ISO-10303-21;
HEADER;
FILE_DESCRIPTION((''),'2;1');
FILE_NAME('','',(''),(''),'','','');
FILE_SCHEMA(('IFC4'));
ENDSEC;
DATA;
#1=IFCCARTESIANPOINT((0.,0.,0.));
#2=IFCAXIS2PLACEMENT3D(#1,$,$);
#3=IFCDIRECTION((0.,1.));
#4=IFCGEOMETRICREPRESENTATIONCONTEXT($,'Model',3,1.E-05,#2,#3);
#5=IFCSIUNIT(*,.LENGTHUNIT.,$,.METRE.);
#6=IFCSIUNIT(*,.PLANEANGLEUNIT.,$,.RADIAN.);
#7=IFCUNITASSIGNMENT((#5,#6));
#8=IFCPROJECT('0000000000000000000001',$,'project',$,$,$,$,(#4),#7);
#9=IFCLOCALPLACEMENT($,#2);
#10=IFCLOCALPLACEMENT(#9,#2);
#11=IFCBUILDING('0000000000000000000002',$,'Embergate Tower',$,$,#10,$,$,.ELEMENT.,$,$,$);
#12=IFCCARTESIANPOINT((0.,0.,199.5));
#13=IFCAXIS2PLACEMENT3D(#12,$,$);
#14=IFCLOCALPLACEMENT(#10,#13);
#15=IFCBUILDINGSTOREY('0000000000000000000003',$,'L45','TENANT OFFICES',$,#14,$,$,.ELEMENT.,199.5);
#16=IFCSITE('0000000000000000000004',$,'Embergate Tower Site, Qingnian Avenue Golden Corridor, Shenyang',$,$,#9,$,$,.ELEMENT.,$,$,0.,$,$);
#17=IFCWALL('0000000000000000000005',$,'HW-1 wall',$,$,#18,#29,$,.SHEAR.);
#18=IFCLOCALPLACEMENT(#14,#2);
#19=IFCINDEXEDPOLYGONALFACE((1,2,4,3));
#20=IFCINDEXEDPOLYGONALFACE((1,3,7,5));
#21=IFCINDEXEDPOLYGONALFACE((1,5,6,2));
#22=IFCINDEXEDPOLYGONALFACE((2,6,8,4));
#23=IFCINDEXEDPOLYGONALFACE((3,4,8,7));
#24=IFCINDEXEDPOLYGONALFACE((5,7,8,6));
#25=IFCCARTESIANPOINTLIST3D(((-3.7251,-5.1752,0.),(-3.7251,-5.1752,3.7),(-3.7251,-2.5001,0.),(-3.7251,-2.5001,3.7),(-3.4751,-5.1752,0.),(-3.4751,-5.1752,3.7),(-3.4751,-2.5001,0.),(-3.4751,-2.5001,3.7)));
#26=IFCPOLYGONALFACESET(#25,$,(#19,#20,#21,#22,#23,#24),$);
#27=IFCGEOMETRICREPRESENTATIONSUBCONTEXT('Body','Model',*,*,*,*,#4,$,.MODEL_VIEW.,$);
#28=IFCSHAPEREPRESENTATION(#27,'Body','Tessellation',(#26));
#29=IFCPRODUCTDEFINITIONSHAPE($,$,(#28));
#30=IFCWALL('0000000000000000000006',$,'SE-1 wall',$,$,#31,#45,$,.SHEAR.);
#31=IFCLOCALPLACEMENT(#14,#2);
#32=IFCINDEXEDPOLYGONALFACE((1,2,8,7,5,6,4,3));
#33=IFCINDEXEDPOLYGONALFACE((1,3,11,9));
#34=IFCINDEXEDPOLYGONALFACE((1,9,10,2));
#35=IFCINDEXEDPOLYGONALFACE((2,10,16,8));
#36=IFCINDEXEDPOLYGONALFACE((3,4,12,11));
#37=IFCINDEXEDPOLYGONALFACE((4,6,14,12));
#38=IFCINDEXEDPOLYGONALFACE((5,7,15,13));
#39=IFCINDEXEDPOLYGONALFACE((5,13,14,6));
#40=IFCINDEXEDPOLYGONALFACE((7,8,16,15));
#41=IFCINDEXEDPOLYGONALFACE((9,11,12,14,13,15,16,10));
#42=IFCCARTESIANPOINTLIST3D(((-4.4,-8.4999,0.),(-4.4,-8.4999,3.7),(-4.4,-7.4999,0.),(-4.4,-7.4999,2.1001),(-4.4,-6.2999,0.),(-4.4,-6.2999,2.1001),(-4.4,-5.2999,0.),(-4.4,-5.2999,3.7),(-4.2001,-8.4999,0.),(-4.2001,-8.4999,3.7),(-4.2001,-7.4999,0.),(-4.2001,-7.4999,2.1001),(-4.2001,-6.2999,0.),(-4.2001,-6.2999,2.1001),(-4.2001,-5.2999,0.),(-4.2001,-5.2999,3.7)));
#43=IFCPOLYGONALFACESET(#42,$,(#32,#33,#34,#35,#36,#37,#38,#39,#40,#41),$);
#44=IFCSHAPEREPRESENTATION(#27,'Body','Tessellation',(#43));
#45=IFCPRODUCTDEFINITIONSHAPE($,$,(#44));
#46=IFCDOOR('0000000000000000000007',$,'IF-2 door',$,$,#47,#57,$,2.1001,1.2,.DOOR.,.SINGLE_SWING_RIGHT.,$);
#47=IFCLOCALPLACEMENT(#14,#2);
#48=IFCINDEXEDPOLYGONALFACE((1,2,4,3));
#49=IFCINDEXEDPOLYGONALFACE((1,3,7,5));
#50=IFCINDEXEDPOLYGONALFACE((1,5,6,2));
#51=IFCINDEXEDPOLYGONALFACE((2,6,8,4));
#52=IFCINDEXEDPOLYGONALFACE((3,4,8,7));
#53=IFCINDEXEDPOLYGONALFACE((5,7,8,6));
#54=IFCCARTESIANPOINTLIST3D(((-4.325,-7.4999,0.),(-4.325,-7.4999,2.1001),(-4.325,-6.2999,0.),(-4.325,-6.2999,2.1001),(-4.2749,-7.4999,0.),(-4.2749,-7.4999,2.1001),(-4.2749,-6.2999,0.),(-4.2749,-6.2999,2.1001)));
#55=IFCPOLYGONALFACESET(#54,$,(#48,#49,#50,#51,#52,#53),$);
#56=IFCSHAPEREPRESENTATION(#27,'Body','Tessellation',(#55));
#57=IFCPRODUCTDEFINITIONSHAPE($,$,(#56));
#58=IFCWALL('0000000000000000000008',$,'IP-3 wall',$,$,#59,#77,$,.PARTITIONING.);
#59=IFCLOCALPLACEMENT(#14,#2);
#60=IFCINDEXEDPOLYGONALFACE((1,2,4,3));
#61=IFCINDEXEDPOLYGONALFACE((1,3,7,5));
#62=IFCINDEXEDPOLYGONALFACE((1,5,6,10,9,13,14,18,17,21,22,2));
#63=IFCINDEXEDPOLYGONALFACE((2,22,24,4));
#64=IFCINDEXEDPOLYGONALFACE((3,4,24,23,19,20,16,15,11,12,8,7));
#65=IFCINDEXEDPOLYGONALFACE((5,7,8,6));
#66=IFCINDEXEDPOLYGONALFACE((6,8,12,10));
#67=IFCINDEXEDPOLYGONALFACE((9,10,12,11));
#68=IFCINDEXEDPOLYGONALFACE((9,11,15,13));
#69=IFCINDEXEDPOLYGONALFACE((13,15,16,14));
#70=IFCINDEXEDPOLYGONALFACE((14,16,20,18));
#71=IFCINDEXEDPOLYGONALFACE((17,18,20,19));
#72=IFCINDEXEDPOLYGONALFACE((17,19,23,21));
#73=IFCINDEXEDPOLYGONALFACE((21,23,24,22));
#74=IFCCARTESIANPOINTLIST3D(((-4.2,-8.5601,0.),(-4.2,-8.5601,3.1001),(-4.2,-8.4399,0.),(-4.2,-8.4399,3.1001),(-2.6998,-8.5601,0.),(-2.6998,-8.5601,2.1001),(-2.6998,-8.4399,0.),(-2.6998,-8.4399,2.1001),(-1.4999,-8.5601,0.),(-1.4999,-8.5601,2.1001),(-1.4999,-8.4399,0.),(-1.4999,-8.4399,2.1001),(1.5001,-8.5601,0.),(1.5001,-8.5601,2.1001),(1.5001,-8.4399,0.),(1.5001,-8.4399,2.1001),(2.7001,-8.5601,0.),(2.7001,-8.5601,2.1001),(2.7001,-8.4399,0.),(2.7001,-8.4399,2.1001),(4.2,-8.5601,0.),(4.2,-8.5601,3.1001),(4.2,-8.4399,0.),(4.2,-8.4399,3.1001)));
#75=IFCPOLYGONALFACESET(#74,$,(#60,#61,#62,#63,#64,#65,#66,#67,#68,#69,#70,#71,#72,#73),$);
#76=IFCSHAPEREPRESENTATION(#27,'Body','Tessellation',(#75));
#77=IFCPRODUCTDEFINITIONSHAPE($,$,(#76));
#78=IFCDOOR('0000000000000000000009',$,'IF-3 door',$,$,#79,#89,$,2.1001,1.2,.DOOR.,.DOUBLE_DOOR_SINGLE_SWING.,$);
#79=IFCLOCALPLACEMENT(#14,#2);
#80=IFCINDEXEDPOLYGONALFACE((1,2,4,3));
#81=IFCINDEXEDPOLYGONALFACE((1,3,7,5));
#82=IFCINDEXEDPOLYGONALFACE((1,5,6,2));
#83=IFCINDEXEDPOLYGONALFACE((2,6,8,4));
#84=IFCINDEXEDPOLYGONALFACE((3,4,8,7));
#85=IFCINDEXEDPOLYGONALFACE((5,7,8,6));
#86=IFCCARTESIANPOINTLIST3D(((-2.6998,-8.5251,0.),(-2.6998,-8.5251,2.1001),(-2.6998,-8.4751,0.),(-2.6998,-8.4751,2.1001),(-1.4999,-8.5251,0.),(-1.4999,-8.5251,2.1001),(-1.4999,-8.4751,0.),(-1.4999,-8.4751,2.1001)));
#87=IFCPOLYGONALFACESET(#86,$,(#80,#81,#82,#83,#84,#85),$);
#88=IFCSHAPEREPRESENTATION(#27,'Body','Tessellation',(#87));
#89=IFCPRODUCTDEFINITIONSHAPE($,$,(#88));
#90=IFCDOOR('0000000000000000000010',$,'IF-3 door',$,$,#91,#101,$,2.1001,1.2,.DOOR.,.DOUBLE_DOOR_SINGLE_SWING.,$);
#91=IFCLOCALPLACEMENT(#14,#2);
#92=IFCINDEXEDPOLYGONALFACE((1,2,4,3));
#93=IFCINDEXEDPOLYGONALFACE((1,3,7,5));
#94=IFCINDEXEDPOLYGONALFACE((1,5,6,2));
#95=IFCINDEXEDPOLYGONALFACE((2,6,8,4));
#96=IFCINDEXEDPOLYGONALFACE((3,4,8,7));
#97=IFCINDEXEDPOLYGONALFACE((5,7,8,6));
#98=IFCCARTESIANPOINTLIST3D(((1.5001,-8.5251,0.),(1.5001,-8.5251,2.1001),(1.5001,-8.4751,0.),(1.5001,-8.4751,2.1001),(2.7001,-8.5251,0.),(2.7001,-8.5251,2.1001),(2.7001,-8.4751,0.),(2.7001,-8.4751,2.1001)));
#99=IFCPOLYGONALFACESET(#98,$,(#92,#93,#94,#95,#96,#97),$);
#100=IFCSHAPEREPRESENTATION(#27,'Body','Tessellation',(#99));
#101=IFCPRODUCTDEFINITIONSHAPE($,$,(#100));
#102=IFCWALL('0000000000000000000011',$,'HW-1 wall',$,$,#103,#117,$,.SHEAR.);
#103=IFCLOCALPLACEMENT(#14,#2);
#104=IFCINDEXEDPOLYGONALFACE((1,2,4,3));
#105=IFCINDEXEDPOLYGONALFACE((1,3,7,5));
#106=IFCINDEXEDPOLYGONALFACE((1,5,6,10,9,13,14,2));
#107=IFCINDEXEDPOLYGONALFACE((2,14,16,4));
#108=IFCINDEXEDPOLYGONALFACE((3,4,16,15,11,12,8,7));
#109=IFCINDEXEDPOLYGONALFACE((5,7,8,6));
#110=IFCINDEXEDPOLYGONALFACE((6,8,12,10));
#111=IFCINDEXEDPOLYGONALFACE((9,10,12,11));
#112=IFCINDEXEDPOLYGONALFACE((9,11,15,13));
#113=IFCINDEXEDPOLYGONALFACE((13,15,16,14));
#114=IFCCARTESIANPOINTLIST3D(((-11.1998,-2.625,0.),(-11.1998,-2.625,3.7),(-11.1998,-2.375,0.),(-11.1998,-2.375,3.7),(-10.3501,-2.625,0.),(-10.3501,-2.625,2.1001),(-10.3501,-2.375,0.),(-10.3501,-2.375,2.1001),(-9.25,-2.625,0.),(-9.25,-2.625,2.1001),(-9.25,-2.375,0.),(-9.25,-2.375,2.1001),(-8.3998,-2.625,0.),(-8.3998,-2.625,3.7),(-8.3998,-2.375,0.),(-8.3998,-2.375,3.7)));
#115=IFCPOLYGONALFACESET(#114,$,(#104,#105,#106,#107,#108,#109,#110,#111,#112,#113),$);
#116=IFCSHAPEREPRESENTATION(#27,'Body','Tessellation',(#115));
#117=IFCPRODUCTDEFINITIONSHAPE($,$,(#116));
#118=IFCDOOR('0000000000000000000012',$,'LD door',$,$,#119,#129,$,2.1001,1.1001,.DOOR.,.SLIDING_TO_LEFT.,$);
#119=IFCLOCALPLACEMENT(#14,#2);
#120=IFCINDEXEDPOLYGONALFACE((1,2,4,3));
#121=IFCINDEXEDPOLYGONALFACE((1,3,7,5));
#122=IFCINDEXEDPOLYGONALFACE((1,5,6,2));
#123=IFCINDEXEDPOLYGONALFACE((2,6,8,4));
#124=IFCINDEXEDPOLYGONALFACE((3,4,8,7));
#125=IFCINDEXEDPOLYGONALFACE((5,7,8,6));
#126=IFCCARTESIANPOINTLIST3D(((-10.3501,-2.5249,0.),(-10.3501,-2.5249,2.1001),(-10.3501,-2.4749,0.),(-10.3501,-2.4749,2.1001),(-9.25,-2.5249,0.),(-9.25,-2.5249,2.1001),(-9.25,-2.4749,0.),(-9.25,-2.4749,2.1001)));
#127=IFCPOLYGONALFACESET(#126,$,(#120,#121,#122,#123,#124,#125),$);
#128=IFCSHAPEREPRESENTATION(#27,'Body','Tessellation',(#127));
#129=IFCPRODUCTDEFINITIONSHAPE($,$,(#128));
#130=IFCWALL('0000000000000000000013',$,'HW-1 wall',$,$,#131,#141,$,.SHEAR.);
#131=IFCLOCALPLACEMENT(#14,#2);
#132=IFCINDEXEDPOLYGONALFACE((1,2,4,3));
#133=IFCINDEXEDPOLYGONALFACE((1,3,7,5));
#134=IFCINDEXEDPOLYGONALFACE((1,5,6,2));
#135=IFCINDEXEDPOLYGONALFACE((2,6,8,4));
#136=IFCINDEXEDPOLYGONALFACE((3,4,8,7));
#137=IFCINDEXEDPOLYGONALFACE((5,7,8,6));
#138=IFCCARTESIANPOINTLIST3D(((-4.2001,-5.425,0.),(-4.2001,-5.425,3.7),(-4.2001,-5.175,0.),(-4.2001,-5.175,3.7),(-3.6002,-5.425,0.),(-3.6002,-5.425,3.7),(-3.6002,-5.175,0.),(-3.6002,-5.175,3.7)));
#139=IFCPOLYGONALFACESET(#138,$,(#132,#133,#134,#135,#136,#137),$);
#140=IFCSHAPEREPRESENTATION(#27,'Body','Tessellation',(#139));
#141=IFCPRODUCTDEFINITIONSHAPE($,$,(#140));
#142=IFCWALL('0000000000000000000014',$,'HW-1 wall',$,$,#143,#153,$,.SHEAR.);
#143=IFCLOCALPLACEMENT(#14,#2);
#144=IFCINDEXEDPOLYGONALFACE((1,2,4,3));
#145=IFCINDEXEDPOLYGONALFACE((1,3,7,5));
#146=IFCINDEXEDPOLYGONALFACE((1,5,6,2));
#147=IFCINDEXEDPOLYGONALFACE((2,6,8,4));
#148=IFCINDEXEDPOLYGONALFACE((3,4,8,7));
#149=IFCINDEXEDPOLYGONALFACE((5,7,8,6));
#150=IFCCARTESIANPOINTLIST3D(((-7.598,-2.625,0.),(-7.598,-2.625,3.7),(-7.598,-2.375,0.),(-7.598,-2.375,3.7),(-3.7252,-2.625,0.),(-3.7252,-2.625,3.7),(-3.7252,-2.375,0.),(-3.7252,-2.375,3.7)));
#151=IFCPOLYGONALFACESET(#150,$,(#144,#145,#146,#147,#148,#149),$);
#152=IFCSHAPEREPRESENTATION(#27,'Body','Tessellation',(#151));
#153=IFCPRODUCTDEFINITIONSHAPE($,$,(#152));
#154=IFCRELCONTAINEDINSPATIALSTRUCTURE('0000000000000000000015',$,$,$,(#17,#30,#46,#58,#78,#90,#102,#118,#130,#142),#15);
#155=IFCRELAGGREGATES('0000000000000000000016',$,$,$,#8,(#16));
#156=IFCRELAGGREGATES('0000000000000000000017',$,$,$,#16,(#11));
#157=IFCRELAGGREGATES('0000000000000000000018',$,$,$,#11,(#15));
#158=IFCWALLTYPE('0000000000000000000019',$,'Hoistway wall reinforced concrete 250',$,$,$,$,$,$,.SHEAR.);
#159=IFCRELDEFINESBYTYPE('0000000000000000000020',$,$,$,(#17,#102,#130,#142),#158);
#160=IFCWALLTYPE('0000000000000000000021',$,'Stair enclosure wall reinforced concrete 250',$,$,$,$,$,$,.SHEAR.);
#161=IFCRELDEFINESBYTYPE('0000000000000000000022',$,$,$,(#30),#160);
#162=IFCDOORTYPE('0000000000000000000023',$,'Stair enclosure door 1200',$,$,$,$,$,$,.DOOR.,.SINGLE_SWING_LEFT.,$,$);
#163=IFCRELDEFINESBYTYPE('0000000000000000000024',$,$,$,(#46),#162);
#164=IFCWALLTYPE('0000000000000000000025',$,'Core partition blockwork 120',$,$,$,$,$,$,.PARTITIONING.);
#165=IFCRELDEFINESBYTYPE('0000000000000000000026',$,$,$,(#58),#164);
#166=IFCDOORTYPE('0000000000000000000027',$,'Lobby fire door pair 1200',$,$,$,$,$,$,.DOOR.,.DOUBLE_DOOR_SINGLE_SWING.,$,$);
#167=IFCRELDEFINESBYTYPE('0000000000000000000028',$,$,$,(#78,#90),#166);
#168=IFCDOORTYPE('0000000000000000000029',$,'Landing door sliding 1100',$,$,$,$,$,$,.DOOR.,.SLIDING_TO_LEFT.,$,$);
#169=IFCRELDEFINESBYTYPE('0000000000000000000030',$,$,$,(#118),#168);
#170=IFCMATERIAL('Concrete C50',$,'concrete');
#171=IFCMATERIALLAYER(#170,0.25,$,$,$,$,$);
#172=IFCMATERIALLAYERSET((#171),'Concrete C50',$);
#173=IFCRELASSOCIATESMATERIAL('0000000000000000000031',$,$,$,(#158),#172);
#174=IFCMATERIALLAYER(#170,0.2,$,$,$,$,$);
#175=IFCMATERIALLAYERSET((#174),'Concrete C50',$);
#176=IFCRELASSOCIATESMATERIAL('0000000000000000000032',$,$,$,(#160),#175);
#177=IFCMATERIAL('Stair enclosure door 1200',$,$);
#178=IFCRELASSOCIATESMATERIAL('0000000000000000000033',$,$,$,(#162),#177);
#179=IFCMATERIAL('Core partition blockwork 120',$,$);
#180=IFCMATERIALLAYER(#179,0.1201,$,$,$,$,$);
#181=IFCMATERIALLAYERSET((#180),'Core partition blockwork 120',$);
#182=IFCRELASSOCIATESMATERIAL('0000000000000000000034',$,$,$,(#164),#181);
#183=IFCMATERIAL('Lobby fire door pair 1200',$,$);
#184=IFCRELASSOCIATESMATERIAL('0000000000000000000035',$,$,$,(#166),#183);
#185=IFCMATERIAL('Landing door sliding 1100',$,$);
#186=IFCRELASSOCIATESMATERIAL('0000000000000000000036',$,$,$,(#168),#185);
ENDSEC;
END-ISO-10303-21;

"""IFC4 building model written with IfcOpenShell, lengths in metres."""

from ifc_helpers import new_model, si_unit, direction, frame, frame_2d, origin, place, context, subcontext, project, spatial, rectangle, extrude, source, transform, mapped, material, layer, layer_set, type_object, element, fill, save


model = new_model("IFC4")

# Units and contexts
model_context = context("Model", 3, precision=1e-05, world=origin(), true_north=direction((0.0, 1.0)))
body_context = subcontext(model_context, "Body", "Model", "MODEL_VIEW")
ifc_project = project(units=[si_unit("LENGTHUNIT", "METRE"), si_unit("PLANEANGLEUNIT", "RADIAN")], contexts=[model_context])

# Site, building, storey
site_placement = place(None, origin())
site = spatial("IfcSite", under=ifc_project, at=site_placement, Name="Embergate Tower Site, Qingnian Avenue Golden Corridor, Shenyang", CompositionType="ELEMENT", RefElevation=0.0)
building_placement = place(site_placement, origin())
building = spatial("IfcBuilding", under=site, at=building_placement, Name="Embergate Tower", CompositionType="ELEMENT")
storey_placement = place(building_placement, frame((0.0, 0.0, 199.5)))
storey = spatial("IfcBuildingStorey", under=building, at=storey_placement, Name="L45", Description="TENANT OFFICES", CompositionType="ELEMENT", Elevation=199.5)

# Wall
ifc_material_1 = material(Name="Concrete C50", Category="concrete")
ifc_layer_1 = layer(ifc_material_1, 0.25)
ifc_layer_set_1 = layer_set([ifc_layer_1], Name="Concrete C50")
wall_type_1 = type_object("IfcWallType", Name="Hoistway wall reinforced concrete 250", PredefinedType="SHEAR", material=ifc_layer_set_1)
shared_shape_1 = source(origin(), body_context, "Body", "SweptSolid", [
    extrude(rectangle(XDim=2.675, YDim=0.25, at=frame_2d((1.3374, 0.0))), origin(), (0.0, 0.0, 1.0), 3.7),
])
wall_1_placement = place(storey_placement, frame((-3.6001, -5.175, 0.0), z_axis=(0.0, 0.0, 1.0), x_axis=(0.0, 1.0, 0.0)))
element("IfcWall", 1, at=wall_1_placement, inside=storey, type_object=wall_type_1, Name="HW-1 wall", PredefinedType="SHEAR", context=body_context, shape_type="MappedRepresentation", body=[
    mapped(shared_shape_1, transform((0.0, 0.0, 0.0))),
])

# Wall, opening, door
ifc_layer_2 = layer(ifc_material_1, 0.2)
ifc_layer_set_2 = layer_set([ifc_layer_2], Name="Concrete C50")
wall_type_2 = type_object("IfcWallType", Name="Stair enclosure wall reinforced concrete 250", PredefinedType="SHEAR", material=ifc_layer_set_2)
shared_shape_2 = source(origin(), body_context, "Body", "SweptSolid", [
    extrude(rectangle(XDim=3.2, YDim=0.2, at=frame_2d((1.6001, 0.0))), origin(), (0.0, 0.0, 1.0), 3.7),
])
wall_2_placement = place(storey_placement, frame((-4.3, -8.5, 0.0), z_axis=(0.0, 0.0, 1.0), x_axis=(0.0, 1.0, 0.0)))
wall_2 = element("IfcWall", 2, at=wall_2_placement, inside=storey, type_object=wall_type_2, Name="SE-1 wall", PredefinedType="SHEAR", context=body_context, shape_type="MappedRepresentation", body=[
    mapped(shared_shape_2, transform((0.0, 0.0, 0.0))),
])
shared_shape_3 = source(origin(), body_context, "Body", "SweptSolid", [
    extrude(rectangle(XDim=1.2, YDim=2.1001, at=frame_2d((0.6001, 1.05))), frame((0.0, 0.1099, 0.0), z_axis=(0.0, -1.0, 0.0), x_axis=(1.0, 0.0, 0.0)), (0.0, 0.0, 1.0), 0.22),
])
opening_1_placement = place(wall_2_placement, frame((1.0, 0.0, 0.0)))
opening_1 = element("IfcOpeningElement", 3, at=opening_1_placement, cuts=wall_2, PredefinedType="OPENING", context=body_context, shape_type="MappedRepresentation", body=[
    mapped(shared_shape_3, transform((0.0, 0.0, 0.0))),
])
ifc_material_2 = material(Name="Stair enclosure door 1200")
door_type_1 = type_object("IfcDoorType", Name="Stair enclosure door 1200", OperationType="SINGLE_SWING_LEFT", PredefinedType="DOOR", material=ifc_material_2)
shared_shape_4 = source(origin(), body_context, "Body", "SweptSolid", [
    extrude(rectangle(XDim=1.2, YDim=2.1001, at=frame_2d((0.6001, 1.05))), frame((0.0, 0.0249, 0.0), z_axis=(0.0, -1.0, 0.0), x_axis=(1.0, 0.0, 0.0)), (0.0, 0.0, 1.0), 0.05),
])
door_1_placement = place(opening_1_placement, origin())
door_1 = element("IfcDoor", 4, at=door_1_placement, inside=storey, type_object=door_type_1, Name="IF-2 door", OperationType="SINGLE_SWING_RIGHT", OverallHeight=2.1001, OverallWidth=1.2, PredefinedType="DOOR", context=body_context, shape_type="MappedRepresentation", body=[
    mapped(shared_shape_4, transform((0.0, 0.0, 0.0))),
])
fill(opening_1, door_1)

# Wall, openings, doors
ifc_material_3 = material(Name="Core partition blockwork 120")
ifc_layer_3 = layer(ifc_material_3, 0.1201)
ifc_layer_set_3 = layer_set([ifc_layer_3], Name="Core partition blockwork 120")
wall_type_3 = type_object("IfcWallType", Name="Core partition blockwork 120", PredefinedType="PARTITIONING", material=ifc_layer_set_3)
shared_shape_5 = source(origin(), body_context, "Body", "SweptSolid", [
    extrude(rectangle(XDim=8.3999, YDim=0.1201, at=frame_2d((4.2, 0.0))), origin(), (0.0, 0.0, 1.0), 3.1001),
])
wall_3_placement = place(storey_placement, frame((-4.2, -8.5, 0.0), z_axis=(0.0, 0.0, 1.0), x_axis=(1.0, 0.0, 0.0)))
wall_3 = element("IfcWall", 5, at=wall_3_placement, inside=storey, type_object=wall_type_3, Name="IP-3 wall", PredefinedType="PARTITIONING", context=body_context, shape_type="MappedRepresentation", body=[
    mapped(shared_shape_5, transform((0.0, 0.0, 0.0))),
])
shared_shape_6 = source(origin(), body_context, "Body", "SweptSolid", [
    extrude(rectangle(XDim=1.2, YDim=2.1001, at=frame_2d((0.6001, 1.05))), frame((0.0, 0.0701, 0.0), z_axis=(0.0, -1.0, 0.0), x_axis=(1.0, 0.0, 0.0)), (0.0, 0.0, 1.0), 0.1401),
])
opening_2_placement = place(wall_3_placement, frame((1.5, 0.0, 0.0)))
opening_2 = element("IfcOpeningElement", 6, at=opening_2_placement, cuts=wall_3, PredefinedType="OPENING", context=body_context, shape_type="MappedRepresentation", body=[
    mapped(shared_shape_6, transform((0.0, 0.0, 0.0))),
])
opening_3_placement = place(wall_3_placement, frame((5.7, 0.0, 0.0)))
opening_3 = element("IfcOpeningElement", 7, at=opening_3_placement, cuts=wall_3, PredefinedType="OPENING", context=body_context, shape_type="MappedRepresentation", body=[
    mapped(shared_shape_6, transform((0.0, 0.0, 0.0))),
])
ifc_material_4 = material(Name="Lobby fire door pair 1200")
door_type_2 = type_object("IfcDoorType", Name="Lobby fire door pair 1200", OperationType="DOUBLE_DOOR_SINGLE_SWING", PredefinedType="DOOR", material=ifc_material_4)
door_2_placement = place(opening_2_placement, origin())
door_2 = element("IfcDoor", 8, at=door_2_placement, inside=storey, type_object=door_type_2, Name="IF-3 door", OperationType="DOUBLE_DOOR_SINGLE_SWING", OverallHeight=2.1001, OverallWidth=1.2, PredefinedType="DOOR", context=body_context, shape_type="MappedRepresentation", body=[
    mapped(shared_shape_4, transform((0.0, 0.0, 0.0))),
])
fill(opening_2, door_2)
door_3_placement = place(opening_3_placement, origin())
door_3 = element("IfcDoor", 9, at=door_3_placement, inside=storey, type_object=door_type_2, Name="IF-3 door", OperationType="DOUBLE_DOOR_SINGLE_SWING", OverallHeight=2.1001, OverallWidth=1.2, PredefinedType="DOOR", context=body_context, shape_type="MappedRepresentation", body=[
    mapped(shared_shape_4, transform((0.0, 0.0, 0.0))),
])
fill(opening_3, door_3)

# Wall, opening, door
shared_shape_7 = source(origin(), body_context, "Body", "SweptSolid", [
    extrude(rectangle(XDim=2.8, YDim=0.25, at=frame_2d((1.3999, 0.0))), origin(), (0.0, 0.0, 1.0), 3.7),
])
wall_4_placement = place(storey_placement, frame((-8.3999, -2.5, 0.0), z_axis=(0.0, 0.0, 1.0), x_axis=(-1.0, 0.0, 0.0)))
wall_4 = element("IfcWall", 10, at=wall_4_placement, inside=storey, type_object=wall_type_1, Name="HW-1 wall", PredefinedType="SHEAR", context=body_context, shape_type="MappedRepresentation", body=[
    mapped(shared_shape_7, transform((0.0, 0.0, 0.0))),
])
shared_shape_8 = source(origin(), body_context, "Body", "SweptSolid", [
    extrude(rectangle(XDim=1.1001, YDim=2.1001, at=frame_2d((0.55, 1.05))), frame((0.0, 0.135, 0.0), z_axis=(0.0, -1.0, 0.0), x_axis=(1.0, 0.0, 0.0)), (0.0, 0.0, 1.0), 0.27),
])
opening_4_placement = place(wall_4_placement, frame((0.8501, 0.0, 0.0)))
opening_4 = element("IfcOpeningElement", 11, at=opening_4_placement, cuts=wall_4, PredefinedType="OPENING", context=body_context, shape_type="MappedRepresentation", body=[
    mapped(shared_shape_8, transform((0.0, 0.0, 0.0))),
])
ifc_material_5 = material(Name="Landing door sliding 1100")
door_type_3 = type_object("IfcDoorType", Name="Landing door sliding 1100", OperationType="SLIDING_TO_LEFT", PredefinedType="DOOR", material=ifc_material_5)
shared_shape_9 = source(origin(), body_context, "Body", "SweptSolid", [
    extrude(rectangle(XDim=1.1001, YDim=2.1001, at=frame_2d((0.55, 1.05))), frame((0.0, 0.0249, 0.0), z_axis=(0.0, -1.0, 0.0), x_axis=(1.0, 0.0, 0.0)), (0.0, 0.0, 1.0), 0.05),
])
door_4_placement = place(opening_4_placement, origin())
door_4 = element("IfcDoor", 12, at=door_4_placement, inside=storey, type_object=door_type_3, Name="LD door", OperationType="SLIDING_TO_LEFT", OverallHeight=2.1001, OverallWidth=1.1001, PredefinedType="DOOR", context=body_context, shape_type="MappedRepresentation", body=[
    mapped(shared_shape_9, transform((0.0, 0.0, 0.0))),
])
fill(opening_4, door_4)

# Walls
shared_shape_10 = source(origin(), body_context, "Body", "SweptSolid", [
    extrude(rectangle(XDim=0.5999, YDim=0.25, at=frame_2d((0.2998, 0.0))), origin(), (0.0, 0.0, 1.0), 3.7),
])
wall_5_placement = place(storey_placement, frame((-4.2, -5.3, 0.0), z_axis=(0.0, 0.0, 1.0), x_axis=(1.0, 0.0, 0.0)))
element("IfcWall", 13, at=wall_5_placement, inside=storey, type_object=wall_type_1, Name="HW-1 wall", PredefinedType="SHEAR", context=body_context, shape_type="MappedRepresentation", body=[
    mapped(shared_shape_10, transform((0.0, 0.0, 0.0))),
])
shared_shape_11 = source(origin(), body_context, "Body", "SweptSolid", [
    extrude(rectangle(XDim=3.8728, YDim=0.25, at=frame_2d((1.9365, 0.0))), origin(), (0.0, 0.0, 1.0), 3.7),
])
wall_6_placement = place(storey_placement, frame((-3.7251, -2.5, 0.0), z_axis=(0.0, 0.0, 1.0), x_axis=(-1.0, 0.0, 0.0)))
element("IfcWall", 14, at=wall_6_placement, inside=storey, type_object=wall_type_1, Name="HW-1 wall", PredefinedType="SHEAR", context=body_context, shape_type="MappedRepresentation", body=[
    mapped(shared_shape_11, transform((0.0, 0.0, 0.0))),
])

save(model, "model.ifc")
